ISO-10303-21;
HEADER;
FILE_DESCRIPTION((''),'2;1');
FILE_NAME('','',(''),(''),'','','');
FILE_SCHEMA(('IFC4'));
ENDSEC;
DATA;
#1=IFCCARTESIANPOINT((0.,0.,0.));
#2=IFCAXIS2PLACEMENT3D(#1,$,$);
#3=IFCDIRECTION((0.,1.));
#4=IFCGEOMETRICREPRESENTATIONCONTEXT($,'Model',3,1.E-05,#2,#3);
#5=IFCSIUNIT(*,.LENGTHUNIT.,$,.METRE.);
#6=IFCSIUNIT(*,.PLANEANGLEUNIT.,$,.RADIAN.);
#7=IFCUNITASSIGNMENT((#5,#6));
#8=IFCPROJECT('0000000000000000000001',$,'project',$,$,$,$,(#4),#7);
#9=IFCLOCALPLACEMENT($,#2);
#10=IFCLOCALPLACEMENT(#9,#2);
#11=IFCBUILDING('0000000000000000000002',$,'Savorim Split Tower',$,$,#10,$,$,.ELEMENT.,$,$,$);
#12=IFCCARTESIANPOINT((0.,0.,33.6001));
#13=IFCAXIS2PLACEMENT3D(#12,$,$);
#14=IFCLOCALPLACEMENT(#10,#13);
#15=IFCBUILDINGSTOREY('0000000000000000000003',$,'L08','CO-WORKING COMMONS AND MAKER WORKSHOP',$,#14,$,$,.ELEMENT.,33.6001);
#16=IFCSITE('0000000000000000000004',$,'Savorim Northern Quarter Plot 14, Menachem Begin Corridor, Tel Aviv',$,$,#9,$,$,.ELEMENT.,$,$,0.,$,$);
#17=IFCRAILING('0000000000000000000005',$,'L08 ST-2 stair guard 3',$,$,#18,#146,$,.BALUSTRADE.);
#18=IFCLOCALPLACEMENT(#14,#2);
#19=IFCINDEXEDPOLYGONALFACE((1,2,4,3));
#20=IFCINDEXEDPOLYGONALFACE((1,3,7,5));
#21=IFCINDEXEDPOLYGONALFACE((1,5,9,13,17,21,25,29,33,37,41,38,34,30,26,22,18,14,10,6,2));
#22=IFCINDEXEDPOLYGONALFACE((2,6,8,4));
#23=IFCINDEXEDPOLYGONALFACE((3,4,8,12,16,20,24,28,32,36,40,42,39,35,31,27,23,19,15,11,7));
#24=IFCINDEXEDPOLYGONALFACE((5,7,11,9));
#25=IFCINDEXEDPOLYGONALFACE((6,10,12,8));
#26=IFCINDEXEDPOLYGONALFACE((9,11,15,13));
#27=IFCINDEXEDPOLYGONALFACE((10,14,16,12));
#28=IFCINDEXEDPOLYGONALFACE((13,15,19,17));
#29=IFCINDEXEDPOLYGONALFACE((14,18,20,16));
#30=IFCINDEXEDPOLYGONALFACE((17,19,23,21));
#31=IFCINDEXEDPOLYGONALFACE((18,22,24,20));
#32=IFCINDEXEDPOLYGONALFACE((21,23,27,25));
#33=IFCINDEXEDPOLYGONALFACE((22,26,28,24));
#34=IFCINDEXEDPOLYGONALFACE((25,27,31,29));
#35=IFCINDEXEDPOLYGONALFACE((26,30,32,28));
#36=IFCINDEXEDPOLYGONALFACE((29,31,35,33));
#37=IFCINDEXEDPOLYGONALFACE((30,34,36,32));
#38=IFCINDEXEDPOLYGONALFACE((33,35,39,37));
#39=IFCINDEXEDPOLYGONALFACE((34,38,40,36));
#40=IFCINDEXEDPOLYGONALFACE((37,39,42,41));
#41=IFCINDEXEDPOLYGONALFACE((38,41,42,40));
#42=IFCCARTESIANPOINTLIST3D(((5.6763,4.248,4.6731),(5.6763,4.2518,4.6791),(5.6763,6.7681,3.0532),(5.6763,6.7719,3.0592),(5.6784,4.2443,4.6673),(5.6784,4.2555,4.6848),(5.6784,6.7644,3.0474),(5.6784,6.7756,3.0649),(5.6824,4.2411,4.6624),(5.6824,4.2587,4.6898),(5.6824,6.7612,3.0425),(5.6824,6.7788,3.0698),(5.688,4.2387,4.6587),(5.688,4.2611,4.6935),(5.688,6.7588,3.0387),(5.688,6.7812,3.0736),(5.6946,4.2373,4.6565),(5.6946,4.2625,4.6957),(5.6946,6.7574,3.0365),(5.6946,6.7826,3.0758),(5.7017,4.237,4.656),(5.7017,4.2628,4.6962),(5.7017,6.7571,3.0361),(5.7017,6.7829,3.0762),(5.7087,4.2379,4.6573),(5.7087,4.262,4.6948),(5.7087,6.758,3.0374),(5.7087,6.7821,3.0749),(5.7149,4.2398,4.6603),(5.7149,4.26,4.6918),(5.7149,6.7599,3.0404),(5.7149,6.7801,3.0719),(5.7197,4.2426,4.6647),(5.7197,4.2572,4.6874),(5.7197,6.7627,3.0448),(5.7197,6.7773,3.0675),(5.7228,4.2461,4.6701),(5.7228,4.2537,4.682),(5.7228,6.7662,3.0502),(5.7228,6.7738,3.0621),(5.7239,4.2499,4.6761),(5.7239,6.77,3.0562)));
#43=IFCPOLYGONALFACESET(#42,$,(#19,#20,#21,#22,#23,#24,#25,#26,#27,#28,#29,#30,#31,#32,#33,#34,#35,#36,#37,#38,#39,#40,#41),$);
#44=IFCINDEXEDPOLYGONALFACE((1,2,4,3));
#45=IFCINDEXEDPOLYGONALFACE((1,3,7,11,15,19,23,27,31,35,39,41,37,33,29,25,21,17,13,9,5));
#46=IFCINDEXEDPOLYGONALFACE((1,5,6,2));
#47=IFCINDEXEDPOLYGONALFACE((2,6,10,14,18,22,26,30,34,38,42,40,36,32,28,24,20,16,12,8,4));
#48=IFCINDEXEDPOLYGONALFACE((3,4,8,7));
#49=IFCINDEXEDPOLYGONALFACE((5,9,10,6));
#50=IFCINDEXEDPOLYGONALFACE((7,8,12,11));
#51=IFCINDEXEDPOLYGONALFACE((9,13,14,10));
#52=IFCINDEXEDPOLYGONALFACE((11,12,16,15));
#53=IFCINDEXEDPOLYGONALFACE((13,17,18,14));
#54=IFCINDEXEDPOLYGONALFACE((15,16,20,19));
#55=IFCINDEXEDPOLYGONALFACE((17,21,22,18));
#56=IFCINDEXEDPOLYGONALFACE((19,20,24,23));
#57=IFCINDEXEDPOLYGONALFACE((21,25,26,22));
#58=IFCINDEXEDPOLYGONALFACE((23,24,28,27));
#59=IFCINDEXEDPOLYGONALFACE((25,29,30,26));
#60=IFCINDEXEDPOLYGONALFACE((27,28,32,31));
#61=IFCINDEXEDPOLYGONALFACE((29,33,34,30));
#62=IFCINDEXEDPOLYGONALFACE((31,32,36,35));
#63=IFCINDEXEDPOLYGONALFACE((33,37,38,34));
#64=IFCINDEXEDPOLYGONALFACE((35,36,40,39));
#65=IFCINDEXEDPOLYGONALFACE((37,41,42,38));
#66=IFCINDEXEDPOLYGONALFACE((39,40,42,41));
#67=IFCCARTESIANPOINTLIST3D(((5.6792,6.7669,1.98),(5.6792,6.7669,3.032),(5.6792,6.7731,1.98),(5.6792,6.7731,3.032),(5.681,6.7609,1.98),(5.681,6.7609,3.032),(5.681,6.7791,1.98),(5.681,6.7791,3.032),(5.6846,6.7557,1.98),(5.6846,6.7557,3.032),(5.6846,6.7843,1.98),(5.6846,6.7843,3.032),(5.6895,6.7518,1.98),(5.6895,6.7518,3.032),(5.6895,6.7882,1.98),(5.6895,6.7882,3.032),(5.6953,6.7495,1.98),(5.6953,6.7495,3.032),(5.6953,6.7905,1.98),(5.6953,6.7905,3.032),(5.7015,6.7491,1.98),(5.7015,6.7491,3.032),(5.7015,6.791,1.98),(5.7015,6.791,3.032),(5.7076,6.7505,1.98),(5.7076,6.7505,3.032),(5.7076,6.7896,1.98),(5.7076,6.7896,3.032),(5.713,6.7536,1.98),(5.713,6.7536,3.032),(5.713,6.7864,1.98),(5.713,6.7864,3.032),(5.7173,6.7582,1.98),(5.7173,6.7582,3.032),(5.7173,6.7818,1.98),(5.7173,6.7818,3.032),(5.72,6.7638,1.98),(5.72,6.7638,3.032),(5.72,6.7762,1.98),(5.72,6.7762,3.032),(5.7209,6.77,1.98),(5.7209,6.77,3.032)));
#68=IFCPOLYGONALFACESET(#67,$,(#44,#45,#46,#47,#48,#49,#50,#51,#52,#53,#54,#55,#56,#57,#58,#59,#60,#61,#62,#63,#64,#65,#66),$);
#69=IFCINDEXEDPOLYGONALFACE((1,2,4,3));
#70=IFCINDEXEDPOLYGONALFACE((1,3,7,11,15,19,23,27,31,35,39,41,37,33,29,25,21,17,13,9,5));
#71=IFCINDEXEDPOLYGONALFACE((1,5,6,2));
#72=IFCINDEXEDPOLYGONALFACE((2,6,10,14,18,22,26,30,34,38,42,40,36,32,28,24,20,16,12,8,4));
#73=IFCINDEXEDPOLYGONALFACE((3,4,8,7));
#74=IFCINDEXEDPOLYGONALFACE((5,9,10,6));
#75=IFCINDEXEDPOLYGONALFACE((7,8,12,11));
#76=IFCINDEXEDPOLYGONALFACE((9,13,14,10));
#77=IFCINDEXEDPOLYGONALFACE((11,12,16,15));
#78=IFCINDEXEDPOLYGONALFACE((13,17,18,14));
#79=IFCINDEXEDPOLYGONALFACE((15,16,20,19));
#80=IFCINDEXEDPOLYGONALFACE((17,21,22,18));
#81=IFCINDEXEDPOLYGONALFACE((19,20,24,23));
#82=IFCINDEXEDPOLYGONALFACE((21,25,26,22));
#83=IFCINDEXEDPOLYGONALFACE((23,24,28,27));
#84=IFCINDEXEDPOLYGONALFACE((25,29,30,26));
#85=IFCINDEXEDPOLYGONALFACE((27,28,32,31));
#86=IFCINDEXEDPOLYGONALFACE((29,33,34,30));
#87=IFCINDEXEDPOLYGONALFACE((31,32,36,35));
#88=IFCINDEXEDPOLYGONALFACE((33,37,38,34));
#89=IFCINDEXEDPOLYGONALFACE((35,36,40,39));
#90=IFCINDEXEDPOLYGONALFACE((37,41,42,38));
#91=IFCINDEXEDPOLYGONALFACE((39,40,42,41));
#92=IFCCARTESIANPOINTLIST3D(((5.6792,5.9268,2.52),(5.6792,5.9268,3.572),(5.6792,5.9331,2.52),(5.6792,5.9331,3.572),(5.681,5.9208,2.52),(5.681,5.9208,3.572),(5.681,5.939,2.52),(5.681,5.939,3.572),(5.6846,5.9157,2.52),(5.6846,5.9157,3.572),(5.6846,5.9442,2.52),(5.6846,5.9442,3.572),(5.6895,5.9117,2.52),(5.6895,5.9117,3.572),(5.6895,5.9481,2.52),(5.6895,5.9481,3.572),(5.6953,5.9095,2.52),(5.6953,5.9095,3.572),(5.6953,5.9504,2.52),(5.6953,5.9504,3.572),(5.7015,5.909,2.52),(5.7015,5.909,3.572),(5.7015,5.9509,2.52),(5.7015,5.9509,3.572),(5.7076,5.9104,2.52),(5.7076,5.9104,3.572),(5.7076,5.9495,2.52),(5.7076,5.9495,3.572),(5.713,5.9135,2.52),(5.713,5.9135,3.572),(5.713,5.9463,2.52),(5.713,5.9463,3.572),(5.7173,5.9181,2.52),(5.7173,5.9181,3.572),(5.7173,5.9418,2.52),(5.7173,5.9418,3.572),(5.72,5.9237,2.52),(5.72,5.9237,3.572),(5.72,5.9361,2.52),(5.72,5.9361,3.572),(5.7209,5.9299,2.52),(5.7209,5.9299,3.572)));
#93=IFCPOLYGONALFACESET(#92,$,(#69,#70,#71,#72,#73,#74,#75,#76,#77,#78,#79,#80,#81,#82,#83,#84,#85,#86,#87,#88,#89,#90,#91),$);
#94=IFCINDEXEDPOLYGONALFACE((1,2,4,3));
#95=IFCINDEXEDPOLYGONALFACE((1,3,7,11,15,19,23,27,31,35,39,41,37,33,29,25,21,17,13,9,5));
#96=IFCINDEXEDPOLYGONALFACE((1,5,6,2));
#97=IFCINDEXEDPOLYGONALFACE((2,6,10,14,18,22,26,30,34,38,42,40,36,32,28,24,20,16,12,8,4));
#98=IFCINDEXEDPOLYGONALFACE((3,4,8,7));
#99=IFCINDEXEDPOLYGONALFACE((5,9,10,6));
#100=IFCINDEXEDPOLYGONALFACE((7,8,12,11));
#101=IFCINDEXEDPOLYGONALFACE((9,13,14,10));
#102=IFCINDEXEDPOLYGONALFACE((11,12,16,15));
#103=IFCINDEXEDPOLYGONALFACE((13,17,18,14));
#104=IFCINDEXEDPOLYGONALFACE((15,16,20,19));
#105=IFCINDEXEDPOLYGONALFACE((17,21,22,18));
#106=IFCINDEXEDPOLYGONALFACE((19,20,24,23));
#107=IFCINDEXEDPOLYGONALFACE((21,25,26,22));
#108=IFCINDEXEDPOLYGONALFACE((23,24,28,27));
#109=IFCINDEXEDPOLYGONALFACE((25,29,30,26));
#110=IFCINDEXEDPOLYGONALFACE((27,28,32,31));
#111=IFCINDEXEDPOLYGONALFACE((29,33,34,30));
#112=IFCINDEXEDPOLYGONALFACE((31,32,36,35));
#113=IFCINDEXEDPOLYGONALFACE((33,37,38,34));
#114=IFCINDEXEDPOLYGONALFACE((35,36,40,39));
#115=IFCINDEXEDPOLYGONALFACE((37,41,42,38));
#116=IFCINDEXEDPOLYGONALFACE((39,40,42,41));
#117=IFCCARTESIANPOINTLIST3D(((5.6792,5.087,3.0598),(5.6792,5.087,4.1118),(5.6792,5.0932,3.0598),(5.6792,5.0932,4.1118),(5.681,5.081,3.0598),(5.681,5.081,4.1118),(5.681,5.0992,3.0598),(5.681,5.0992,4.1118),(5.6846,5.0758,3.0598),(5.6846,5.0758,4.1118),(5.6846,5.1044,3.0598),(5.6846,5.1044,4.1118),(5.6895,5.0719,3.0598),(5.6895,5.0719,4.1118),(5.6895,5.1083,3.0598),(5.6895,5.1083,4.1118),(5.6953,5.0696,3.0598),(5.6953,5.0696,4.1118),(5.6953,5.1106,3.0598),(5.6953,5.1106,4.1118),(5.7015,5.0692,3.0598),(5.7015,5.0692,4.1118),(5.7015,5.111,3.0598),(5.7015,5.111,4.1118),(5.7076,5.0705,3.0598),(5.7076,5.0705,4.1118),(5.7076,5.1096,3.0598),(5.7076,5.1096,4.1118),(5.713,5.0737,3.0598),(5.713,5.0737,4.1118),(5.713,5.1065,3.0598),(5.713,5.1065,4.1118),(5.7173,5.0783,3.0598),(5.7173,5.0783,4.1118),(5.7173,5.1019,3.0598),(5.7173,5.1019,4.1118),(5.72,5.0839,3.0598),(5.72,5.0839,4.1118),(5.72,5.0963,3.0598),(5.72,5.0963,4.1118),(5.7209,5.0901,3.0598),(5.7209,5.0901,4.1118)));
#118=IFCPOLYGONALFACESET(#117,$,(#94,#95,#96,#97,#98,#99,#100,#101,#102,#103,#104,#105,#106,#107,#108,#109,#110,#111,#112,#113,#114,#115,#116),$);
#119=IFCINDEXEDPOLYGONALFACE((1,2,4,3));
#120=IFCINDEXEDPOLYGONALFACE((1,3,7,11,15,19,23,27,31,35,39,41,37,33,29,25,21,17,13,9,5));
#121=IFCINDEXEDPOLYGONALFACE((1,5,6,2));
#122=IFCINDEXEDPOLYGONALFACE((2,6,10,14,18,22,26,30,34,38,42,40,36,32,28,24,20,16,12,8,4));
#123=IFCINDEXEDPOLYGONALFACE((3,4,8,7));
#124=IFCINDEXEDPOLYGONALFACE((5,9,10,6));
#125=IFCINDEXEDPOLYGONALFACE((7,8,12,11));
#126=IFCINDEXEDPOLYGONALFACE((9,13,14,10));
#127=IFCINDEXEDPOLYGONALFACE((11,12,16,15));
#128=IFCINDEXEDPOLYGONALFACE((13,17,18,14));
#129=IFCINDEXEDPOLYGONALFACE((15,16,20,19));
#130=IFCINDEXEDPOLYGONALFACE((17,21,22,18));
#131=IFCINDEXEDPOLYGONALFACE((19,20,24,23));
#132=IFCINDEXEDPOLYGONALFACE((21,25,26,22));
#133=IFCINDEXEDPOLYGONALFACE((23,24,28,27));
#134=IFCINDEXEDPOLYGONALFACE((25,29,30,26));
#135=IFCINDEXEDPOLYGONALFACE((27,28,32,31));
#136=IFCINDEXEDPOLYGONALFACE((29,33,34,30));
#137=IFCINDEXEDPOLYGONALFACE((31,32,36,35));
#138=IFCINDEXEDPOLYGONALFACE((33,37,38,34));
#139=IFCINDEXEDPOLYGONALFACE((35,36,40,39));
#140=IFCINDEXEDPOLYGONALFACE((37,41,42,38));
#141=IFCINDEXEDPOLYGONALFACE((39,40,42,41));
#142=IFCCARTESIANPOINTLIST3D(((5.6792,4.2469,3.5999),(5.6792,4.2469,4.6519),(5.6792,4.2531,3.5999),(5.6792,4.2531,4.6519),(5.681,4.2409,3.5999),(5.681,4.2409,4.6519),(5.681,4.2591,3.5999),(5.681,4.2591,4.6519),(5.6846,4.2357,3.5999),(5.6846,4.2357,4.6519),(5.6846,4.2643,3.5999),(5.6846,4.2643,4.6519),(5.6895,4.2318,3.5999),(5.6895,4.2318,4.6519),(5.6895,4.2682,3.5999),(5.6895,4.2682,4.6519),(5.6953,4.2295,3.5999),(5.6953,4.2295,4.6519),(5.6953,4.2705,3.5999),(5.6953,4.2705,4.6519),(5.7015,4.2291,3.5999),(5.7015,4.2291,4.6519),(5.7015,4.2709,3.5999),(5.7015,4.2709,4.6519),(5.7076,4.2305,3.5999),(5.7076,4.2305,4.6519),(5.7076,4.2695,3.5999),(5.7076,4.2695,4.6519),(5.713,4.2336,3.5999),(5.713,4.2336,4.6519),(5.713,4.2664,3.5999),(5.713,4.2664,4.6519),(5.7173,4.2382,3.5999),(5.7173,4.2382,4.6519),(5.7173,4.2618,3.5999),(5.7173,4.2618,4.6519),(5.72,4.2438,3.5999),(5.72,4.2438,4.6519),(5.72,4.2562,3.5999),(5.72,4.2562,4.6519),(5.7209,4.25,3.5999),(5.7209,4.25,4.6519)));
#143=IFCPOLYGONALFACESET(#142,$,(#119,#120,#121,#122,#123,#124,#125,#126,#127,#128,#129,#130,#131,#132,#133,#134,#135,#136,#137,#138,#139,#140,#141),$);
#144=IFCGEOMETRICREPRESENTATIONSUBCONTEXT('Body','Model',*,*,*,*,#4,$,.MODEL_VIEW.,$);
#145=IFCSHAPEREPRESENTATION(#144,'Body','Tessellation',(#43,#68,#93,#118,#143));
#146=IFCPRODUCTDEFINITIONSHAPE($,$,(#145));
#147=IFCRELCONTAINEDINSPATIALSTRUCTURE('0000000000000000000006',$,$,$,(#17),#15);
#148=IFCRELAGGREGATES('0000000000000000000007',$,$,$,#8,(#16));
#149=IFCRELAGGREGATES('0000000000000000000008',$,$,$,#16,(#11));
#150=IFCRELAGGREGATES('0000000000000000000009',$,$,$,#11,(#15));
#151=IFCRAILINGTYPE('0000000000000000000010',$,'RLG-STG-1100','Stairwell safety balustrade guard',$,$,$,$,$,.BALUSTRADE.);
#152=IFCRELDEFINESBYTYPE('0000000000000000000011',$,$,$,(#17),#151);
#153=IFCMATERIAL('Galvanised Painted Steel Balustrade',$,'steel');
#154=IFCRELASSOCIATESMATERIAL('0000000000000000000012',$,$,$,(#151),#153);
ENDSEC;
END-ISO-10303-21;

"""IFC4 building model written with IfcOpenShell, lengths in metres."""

from ifc_helpers import new_model, si_unit, direction, frame, origin, origin_2d, place, context, subcontext, project, spatial, circle, extrude, material, type_object, element, save


model = new_model("IFC4")

# Units and contexts
model_context = context("Model", 3, precision=1e-05, world=origin(), true_north=direction((0.0, 1.0)))
body_context = subcontext(model_context, "Body", "Model", "MODEL_VIEW")
ifc_project = project(units=[si_unit("LENGTHUNIT", "METRE"), si_unit("PLANEANGLEUNIT", "RADIAN")], contexts=[model_context])

# Site, building, storey
site_placement = place(None, origin())
site = spatial("IfcSite", under=ifc_project, at=site_placement, Name="Savorim Northern Quarter Plot 14, Menachem Begin Corridor, Tel Aviv", CompositionType="ELEMENT", RefElevation=0.0)
building_placement = place(site_placement, origin())
building = spatial("IfcBuilding", under=site, at=building_placement, Name="Savorim Split Tower", CompositionType="ELEMENT")
storey_placement = place(building_placement, frame((0.0, 0.0, 33.6001)))
storey = spatial("IfcBuildingStorey", under=building, at=storey_placement, Name="L08", Description="CO-WORKING COMMONS AND MAKER WORKSHOP", CompositionType="ELEMENT", Elevation=33.6001)

# Railing
ifc_material_1 = material(Name="Galvanised Painted Steel Balustrade", Category="steel")
railing_type_1 = type_object("IfcRailingType", Name="RLG-STG-1100", Description="Stairwell safety balustrade guard", PredefinedType="BALUSTRADE", material=ifc_material_1)
railing_1_placement = place(storey_placement, frame((5.7, 6.77, 1.98)))
element("IfcRailing", 1, at=railing_1_placement, inside=storey, type_object=railing_type_1, Name="L08 ST-2 stair guard 3", PredefinedType="BALUSTRADE", context=body_context, shape_type="SweptSolid", body=[
    extrude(circle(Radius=0.0239, at=origin_2d()), frame((0.0, 0.0, 1.0762), z_axis=(0.0, -0.8412, 0.540725), x_axis=(1.0, 0.0, 0.0)), (0.0, 0.0, 1.0), 2.9958),
    extrude(circle(Radius=0.021, at=origin_2d()), origin(), (0.0, 0.0, 1.0), 1.052),
    extrude(circle(Radius=0.021, at=origin_2d()), frame((0.0, -0.8401, 0.54)), (0.0, 0.0, 1.0), 1.052),
    extrude(circle(Radius=0.021, at=origin_2d()), frame((0.0, -1.6799, 1.0798)), (0.0, 0.0, 1.0), 1.052),
    extrude(circle(Radius=0.021, at=origin_2d()), frame((0.0, -2.52, 1.6199)), (0.0, 0.0, 1.0), 1.052),
])

save(model, "model.ifc")
